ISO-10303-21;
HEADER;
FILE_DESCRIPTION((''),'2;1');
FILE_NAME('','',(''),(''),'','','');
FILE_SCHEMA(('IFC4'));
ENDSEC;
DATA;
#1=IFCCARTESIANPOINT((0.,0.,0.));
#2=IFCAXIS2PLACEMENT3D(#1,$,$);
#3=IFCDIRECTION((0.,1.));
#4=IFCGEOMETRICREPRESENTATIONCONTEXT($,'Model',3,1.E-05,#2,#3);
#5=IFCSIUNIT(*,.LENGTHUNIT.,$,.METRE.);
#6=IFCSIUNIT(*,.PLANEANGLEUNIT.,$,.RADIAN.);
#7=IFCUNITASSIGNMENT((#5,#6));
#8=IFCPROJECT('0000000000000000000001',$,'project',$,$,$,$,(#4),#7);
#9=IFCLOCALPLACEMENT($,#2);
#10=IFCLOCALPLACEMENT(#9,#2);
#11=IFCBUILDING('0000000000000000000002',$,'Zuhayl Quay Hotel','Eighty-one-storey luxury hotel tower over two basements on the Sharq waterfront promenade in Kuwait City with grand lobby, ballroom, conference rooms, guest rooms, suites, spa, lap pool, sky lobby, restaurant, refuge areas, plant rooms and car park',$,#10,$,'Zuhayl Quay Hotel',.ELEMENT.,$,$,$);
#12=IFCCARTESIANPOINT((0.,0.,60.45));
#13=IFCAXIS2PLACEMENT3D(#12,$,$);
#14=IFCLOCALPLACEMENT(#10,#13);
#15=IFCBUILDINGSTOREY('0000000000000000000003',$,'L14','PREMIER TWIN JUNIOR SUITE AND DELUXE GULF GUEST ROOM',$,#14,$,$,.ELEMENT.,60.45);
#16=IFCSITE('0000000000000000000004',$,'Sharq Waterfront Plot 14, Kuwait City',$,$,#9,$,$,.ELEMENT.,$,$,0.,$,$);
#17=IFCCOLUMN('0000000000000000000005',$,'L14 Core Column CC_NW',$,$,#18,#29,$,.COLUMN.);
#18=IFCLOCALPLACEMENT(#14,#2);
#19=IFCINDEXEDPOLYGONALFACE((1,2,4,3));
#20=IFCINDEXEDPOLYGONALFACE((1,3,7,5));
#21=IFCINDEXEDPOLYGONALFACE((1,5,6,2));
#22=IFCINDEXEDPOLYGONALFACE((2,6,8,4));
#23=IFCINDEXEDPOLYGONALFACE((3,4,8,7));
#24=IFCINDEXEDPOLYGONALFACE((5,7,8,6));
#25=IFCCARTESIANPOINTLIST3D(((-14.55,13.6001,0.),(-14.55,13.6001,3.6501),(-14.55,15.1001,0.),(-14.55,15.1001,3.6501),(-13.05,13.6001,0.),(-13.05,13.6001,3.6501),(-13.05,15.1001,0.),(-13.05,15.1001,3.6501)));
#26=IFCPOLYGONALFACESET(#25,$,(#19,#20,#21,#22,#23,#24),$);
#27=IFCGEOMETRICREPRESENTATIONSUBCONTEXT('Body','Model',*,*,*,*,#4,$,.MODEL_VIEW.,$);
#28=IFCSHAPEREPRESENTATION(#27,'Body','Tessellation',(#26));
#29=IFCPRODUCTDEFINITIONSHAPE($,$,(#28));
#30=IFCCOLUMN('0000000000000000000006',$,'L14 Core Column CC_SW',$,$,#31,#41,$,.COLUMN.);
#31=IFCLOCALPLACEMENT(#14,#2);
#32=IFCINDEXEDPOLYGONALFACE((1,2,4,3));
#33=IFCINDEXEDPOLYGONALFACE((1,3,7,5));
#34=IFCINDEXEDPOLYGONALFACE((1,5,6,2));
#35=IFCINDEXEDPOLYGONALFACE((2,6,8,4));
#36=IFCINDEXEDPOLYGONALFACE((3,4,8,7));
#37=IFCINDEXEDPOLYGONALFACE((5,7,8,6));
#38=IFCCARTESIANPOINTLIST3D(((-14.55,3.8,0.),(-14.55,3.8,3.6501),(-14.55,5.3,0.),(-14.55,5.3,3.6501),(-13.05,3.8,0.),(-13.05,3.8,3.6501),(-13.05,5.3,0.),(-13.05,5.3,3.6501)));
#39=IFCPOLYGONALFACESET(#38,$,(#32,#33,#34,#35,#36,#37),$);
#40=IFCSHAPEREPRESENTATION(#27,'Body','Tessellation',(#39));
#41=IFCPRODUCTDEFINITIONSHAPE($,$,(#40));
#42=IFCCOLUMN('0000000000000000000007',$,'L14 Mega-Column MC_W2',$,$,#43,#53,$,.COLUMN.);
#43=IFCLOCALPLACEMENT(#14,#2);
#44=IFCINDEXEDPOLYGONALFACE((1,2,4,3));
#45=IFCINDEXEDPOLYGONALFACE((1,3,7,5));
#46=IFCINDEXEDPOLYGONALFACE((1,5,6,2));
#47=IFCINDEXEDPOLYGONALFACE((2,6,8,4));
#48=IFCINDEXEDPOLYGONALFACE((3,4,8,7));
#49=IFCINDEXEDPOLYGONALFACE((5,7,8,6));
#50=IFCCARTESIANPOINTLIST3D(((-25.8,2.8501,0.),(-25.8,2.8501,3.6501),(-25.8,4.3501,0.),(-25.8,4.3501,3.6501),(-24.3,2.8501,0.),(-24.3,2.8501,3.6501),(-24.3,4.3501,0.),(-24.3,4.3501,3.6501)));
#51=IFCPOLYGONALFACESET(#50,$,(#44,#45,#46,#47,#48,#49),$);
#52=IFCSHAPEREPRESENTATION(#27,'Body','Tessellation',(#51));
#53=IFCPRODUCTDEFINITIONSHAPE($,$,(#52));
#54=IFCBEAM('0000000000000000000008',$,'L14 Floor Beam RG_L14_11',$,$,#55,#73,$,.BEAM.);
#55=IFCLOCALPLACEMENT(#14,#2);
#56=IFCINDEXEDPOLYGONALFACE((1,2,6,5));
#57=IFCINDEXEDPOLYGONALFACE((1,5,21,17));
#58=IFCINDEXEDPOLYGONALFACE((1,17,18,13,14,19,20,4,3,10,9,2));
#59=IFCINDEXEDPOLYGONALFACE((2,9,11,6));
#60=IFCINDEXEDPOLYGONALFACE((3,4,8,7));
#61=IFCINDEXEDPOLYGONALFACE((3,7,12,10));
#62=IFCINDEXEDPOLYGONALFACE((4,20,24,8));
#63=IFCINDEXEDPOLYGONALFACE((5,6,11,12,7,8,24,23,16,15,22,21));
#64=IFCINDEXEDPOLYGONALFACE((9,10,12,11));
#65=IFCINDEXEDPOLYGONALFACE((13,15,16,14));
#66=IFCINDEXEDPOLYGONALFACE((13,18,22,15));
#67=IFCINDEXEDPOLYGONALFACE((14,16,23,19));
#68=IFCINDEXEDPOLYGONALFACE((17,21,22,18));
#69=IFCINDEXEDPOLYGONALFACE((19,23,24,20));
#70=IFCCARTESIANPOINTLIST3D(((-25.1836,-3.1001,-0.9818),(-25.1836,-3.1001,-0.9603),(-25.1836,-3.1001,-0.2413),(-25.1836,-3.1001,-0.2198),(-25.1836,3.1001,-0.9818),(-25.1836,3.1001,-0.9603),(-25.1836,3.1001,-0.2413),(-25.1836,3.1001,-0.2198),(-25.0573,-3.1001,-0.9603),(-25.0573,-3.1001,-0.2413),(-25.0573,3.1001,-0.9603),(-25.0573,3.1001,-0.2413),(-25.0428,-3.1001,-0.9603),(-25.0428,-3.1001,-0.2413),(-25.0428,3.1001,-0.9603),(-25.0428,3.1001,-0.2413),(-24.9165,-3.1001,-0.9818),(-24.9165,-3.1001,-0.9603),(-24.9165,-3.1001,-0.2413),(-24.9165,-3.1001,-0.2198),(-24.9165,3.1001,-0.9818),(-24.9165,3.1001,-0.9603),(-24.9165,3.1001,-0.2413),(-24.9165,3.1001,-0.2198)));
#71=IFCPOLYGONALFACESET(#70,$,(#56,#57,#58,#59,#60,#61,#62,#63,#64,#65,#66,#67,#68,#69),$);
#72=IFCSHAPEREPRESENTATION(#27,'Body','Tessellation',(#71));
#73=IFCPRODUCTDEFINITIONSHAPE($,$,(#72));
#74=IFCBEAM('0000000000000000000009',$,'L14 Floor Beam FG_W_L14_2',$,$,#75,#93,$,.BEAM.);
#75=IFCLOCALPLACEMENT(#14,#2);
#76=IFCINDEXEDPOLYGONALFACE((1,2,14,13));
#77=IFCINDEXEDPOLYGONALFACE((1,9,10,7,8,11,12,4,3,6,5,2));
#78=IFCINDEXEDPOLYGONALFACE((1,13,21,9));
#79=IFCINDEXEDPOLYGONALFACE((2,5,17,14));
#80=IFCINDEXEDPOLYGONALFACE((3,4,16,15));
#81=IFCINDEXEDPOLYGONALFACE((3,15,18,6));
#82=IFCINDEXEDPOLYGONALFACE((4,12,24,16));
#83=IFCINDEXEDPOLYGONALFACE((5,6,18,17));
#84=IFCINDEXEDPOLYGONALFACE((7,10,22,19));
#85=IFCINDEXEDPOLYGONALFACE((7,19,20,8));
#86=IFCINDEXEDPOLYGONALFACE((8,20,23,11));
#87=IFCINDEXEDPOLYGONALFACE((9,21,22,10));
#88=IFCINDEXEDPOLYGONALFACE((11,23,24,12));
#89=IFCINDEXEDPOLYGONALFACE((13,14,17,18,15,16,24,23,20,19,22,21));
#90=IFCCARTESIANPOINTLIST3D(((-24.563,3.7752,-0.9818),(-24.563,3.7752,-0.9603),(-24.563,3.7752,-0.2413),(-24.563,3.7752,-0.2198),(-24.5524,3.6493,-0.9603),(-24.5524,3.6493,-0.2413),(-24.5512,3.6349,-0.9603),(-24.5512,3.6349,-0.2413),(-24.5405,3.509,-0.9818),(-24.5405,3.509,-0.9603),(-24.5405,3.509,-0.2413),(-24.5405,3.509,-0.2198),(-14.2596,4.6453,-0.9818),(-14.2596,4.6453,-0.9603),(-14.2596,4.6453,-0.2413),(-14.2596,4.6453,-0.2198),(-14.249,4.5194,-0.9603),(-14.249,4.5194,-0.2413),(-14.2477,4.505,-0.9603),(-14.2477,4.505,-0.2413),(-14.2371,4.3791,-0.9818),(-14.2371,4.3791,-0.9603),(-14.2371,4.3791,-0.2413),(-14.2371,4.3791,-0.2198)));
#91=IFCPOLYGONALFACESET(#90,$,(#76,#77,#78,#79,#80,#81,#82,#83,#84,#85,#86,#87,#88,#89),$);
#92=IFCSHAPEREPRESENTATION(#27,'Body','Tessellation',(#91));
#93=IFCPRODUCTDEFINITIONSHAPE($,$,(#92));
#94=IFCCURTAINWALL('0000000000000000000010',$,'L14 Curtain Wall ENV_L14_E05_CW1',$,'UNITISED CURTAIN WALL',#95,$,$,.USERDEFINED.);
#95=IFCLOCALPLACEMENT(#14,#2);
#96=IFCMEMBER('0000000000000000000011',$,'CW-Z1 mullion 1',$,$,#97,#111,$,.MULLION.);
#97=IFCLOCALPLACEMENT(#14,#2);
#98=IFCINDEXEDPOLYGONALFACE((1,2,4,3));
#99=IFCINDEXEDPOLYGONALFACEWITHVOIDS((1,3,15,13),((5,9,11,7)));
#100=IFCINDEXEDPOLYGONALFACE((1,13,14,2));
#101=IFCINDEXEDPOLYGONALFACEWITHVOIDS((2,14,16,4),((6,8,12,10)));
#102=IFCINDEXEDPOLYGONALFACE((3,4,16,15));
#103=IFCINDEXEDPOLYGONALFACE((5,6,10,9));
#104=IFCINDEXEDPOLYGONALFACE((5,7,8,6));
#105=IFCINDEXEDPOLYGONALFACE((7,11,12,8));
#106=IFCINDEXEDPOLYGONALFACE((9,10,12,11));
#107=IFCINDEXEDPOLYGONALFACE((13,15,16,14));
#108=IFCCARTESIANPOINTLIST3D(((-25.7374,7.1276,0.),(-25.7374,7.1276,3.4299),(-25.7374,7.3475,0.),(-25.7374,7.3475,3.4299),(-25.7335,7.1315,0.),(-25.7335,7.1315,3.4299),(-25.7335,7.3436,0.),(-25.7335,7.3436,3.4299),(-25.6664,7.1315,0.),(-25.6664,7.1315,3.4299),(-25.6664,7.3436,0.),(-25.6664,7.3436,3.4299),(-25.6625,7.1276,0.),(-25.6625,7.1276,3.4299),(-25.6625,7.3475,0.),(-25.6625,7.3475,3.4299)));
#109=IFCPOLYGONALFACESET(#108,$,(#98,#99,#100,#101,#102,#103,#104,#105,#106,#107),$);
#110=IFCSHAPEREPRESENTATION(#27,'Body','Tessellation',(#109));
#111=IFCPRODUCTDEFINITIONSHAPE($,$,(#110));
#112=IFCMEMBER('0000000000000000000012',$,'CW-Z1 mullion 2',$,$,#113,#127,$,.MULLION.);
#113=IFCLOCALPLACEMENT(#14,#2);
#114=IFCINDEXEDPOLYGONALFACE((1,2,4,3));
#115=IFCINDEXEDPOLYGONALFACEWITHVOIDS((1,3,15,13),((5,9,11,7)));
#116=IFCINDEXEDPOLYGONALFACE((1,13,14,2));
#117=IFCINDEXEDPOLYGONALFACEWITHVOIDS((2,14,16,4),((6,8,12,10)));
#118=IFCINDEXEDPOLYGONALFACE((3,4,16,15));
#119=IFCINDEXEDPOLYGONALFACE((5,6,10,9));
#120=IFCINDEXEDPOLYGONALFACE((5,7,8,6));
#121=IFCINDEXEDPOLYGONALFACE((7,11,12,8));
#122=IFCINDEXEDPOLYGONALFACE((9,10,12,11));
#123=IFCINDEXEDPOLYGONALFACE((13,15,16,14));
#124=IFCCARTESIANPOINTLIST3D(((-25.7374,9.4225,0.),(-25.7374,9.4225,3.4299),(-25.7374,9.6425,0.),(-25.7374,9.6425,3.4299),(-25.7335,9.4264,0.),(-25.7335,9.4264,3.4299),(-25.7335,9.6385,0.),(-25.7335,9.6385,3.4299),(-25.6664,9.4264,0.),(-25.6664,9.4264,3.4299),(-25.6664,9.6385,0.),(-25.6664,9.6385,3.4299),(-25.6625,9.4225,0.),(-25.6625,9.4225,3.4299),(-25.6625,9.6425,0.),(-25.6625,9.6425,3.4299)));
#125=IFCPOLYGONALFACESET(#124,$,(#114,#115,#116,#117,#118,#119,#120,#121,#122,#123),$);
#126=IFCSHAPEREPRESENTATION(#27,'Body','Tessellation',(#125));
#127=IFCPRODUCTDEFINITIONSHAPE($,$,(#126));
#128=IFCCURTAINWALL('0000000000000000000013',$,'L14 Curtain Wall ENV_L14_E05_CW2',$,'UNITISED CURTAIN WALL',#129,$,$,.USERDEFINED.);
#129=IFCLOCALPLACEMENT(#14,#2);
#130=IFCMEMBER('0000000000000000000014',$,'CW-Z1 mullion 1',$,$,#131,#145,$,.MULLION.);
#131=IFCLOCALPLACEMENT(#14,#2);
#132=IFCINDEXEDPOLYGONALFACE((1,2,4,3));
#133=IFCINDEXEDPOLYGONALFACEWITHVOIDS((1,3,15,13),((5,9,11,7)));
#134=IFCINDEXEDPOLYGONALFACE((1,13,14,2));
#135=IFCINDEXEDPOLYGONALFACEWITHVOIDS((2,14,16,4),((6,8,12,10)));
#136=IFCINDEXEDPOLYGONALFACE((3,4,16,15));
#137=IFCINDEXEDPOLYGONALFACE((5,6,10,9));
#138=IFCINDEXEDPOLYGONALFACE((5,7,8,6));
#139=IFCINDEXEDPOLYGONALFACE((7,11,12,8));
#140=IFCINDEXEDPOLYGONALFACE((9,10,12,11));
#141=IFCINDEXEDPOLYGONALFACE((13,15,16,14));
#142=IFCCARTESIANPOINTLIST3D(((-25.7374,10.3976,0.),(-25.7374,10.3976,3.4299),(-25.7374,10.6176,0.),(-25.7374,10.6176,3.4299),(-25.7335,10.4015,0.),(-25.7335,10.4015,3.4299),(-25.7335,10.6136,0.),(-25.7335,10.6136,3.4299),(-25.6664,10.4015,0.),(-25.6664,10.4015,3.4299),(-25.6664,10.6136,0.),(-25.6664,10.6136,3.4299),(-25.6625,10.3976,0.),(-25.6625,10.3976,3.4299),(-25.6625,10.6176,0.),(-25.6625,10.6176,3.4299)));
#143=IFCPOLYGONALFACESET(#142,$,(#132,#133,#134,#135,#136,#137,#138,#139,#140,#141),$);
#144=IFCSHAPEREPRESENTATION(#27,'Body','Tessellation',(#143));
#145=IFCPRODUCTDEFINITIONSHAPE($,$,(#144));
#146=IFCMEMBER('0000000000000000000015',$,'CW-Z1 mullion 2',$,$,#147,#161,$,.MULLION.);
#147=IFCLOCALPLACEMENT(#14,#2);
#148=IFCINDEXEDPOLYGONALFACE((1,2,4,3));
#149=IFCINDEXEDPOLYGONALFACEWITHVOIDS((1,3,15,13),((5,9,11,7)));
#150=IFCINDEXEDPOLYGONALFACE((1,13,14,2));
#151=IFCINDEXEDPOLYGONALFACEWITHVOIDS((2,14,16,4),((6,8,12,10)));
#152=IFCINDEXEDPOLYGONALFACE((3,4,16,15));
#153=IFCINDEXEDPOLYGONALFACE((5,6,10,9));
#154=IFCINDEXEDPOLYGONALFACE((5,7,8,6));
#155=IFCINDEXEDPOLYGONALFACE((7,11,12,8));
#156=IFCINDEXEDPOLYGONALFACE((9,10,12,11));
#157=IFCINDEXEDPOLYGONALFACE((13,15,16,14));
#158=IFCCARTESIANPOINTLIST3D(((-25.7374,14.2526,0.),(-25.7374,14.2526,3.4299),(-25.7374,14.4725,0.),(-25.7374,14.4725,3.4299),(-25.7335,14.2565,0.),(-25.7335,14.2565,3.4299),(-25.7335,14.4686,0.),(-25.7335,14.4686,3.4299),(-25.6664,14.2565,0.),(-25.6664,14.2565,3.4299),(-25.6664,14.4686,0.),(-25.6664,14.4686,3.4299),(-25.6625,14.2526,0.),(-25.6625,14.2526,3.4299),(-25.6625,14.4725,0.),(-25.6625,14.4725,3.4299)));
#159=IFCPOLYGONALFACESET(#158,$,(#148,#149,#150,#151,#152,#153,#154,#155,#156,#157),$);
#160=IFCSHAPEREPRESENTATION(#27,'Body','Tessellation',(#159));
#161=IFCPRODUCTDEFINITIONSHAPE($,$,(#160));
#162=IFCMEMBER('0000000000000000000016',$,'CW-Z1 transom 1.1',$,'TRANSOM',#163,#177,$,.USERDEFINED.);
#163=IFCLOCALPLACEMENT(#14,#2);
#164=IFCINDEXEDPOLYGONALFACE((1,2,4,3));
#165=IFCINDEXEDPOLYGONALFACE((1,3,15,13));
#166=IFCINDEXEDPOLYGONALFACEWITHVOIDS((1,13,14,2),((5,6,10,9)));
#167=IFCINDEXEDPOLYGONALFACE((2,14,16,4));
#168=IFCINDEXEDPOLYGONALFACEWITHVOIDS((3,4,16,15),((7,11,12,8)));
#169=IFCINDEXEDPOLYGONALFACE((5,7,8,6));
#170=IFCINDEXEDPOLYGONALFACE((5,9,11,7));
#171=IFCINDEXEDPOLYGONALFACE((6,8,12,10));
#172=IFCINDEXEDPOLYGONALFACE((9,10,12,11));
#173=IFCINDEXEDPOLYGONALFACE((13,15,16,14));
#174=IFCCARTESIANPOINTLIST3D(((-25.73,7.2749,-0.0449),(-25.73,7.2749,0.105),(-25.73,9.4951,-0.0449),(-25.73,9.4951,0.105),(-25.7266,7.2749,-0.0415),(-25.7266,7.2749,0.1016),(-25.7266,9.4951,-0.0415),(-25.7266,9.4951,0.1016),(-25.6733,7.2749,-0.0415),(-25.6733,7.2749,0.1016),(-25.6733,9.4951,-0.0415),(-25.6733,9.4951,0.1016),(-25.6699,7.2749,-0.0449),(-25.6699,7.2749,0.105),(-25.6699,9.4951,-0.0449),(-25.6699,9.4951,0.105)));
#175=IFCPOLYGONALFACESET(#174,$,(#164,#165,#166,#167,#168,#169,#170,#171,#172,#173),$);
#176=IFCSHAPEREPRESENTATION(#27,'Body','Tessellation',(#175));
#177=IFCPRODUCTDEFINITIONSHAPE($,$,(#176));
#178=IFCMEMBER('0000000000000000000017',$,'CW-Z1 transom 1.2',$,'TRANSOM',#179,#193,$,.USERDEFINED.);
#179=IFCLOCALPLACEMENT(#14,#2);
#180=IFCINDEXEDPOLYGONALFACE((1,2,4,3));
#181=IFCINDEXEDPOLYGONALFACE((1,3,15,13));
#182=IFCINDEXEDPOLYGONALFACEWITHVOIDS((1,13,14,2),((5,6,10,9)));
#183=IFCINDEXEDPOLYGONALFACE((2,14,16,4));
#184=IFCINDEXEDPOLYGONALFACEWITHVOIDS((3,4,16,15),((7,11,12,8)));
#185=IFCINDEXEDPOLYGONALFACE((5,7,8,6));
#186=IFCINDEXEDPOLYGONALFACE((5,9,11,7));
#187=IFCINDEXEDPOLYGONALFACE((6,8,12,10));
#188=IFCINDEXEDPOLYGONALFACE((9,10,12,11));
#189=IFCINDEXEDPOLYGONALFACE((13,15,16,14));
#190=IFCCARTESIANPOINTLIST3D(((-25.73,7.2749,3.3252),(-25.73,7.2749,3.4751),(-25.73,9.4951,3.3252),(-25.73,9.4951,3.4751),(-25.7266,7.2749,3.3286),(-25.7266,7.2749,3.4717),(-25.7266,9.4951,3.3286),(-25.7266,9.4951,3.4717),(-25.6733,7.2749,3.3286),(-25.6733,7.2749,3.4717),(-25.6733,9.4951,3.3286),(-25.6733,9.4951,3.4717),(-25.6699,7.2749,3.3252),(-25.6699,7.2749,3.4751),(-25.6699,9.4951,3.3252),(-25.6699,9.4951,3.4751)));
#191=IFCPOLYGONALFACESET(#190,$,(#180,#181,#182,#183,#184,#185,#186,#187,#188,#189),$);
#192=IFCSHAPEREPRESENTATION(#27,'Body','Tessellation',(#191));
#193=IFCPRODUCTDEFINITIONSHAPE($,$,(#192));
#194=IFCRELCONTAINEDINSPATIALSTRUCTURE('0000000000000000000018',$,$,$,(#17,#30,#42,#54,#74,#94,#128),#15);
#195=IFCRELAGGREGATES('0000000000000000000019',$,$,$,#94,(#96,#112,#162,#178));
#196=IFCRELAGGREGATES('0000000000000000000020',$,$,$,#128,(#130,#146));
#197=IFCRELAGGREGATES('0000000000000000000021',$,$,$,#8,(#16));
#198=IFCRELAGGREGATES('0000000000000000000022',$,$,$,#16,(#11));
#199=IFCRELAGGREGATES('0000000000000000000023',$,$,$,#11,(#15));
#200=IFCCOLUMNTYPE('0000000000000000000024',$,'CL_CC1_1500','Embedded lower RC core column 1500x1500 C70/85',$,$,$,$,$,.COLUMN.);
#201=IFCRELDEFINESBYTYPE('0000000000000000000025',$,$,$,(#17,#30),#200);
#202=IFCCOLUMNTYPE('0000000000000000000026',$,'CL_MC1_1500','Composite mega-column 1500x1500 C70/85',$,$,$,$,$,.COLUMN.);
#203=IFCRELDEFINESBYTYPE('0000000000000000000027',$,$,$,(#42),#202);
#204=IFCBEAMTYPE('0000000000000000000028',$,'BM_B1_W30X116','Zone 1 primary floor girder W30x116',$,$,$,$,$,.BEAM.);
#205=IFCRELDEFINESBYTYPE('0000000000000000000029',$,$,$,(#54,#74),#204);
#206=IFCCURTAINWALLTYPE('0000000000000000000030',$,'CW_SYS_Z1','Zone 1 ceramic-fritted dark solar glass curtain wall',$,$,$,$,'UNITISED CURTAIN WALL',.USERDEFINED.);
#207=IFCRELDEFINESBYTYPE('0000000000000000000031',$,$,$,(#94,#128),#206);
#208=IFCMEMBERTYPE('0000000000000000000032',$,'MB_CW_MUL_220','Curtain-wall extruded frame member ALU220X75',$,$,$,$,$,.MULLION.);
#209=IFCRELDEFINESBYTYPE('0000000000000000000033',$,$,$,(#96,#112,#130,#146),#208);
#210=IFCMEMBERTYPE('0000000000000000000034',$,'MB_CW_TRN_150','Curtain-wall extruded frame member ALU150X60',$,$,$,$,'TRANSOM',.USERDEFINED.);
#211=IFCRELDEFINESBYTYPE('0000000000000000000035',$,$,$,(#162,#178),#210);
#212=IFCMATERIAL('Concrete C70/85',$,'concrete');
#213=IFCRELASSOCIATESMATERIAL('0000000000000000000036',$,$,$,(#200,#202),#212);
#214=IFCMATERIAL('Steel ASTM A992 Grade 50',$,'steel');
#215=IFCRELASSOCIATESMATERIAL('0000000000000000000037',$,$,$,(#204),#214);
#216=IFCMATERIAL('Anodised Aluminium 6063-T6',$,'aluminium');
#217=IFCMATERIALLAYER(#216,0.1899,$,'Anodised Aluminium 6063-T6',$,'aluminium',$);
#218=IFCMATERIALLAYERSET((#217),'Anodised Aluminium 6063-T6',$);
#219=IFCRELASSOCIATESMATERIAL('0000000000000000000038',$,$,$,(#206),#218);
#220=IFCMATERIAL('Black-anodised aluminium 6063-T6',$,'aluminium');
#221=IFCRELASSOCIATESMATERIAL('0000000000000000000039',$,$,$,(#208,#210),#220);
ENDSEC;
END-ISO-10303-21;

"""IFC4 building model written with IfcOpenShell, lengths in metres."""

from ifc_helpers import new_model, si_unit, direction, frame, origin, origin_2d, place, context, subcontext, project, spatial, rectangle, hollow_rectangle, i_section, extrude, material, layer, layer_set, material_profile, profile_set, type_object, element, aggregate, save


model = new_model("IFC4")

# Units and contexts
model_context = context("Model", 3, precision=1e-05, world=origin(), true_north=direction((0.0, 1.0)))
body_context = subcontext(model_context, "Body", "Model", "MODEL_VIEW")
ifc_project = project(units=[si_unit("LENGTHUNIT", "METRE"), si_unit("PLANEANGLEUNIT", "RADIAN")], contexts=[model_context])

# Site, building, storey
site_placement = place(None, origin())
site = spatial("IfcSite", under=ifc_project, at=site_placement, Name="Sharq Waterfront Plot 14, Kuwait City", CompositionType="ELEMENT", RefElevation=0.0)
building_placement = place(site_placement, origin())
building = spatial("IfcBuilding", under=site, at=building_placement, Name="Zuhayl Quay Hotel", Description="Eighty-one-storey luxury hotel tower over two basements on the Sharq waterfront promenade in Kuwait City with grand lobby, ballroom, conference rooms, guest rooms, suites, spa, lap pool, sky lobby, restaurant, refuge areas, plant rooms and car park", LongName="Zuhayl Quay Hotel", CompositionType="ELEMENT")
storey_placement = place(building_placement, frame((0.0, 0.0, 60.45)))
storey = spatial("IfcBuildingStorey", under=building, at=storey_placement, Name="L14", Description="PREMIER TWIN JUNIOR SUITE AND DELUXE GULF GUEST ROOM", CompositionType="ELEMENT", Elevation=60.45)

# Columns
ifc_material_1 = material(Name="Concrete C70/85", Category="concrete")
ifc_material_profile_1 = material_profile(ifc_material_1, rectangle(XDim=1.5, YDim=1.5, at=origin_2d()), Name="RC1500X1500")
ifc_profile_set_1 = profile_set([ifc_material_profile_1], Name="Concrete C70/85")
column_type_1 = type_object("IfcColumnType", Name="CL_CC1_1500", Description="Embedded lower RC core column 1500x1500 C70/85", PredefinedType="COLUMN", material=ifc_profile_set_1)
for number, where, z_axis, x_axis, name in (
    (1, (-13.8, 14.3501, 0.0), (0.0, 0.0, 1.0), (1.0, 0.0, 0.0), "L14 Core Column CC_NW"),
    (2, (-13.8, 4.55, 0.0), (0.0, 0.0, 1.0), (1.0, 0.0, 0.0), "L14 Core Column CC_SW"),
):
    element("IfcColumn", number, at=place(storey_placement, frame(where, z_axis=z_axis, x_axis=x_axis)), inside=storey, type_object=column_type_1, Name=name, PredefinedType="COLUMN", context=body_context, shape_type="SweptSolid", body=[
        extrude(rectangle(XDim=1.5, YDim=1.5, at=origin_2d()), origin(), (0.0, 0.0, 1.0), 3.6501),
    ])
ifc_material_profile_2 = material_profile(ifc_material_1, rectangle(XDim=1.5, YDim=1.5, at=origin_2d()), Name="RC1500X1500")
ifc_profile_set_2 = profile_set([ifc_material_profile_2], Name="Concrete C70/85")
column_type_2 = type_object("IfcColumnType", Name="CL_MC1_1500", Description="Composite mega-column 1500x1500 C70/85", PredefinedType="COLUMN", material=ifc_profile_set_2)
column_placement = place(storey_placement, frame((-25.05, 3.6001, 0.0), z_axis=(0.0, 0.0, 1.0), x_axis=(1.0, 0.0, 0.0)))
element("IfcColumn", 3, at=column_placement, inside=storey, type_object=column_type_2, Name="L14 Mega-Column MC_W2", PredefinedType="COLUMN", context=body_context, shape_type="SweptSolid", body=[
    extrude(rectangle(XDim=1.5, YDim=1.5, at=origin_2d()), origin(), (0.0, 0.0, 1.0), 3.6501),
])

# Beams
ifc_material_2 = material(Name="Steel ASTM A992 Grade 50", Category="steel")
ifc_material_profile_3 = material_profile(ifc_material_2, i_section(OverallWidth=0.2671, OverallDepth=0.762, WebThickness=0.0144, FlangeThickness=0.0215, at=origin_2d()), Name="W30X116")
ifc_profile_set_3 = profile_set([ifc_material_profile_3], Name="Steel ASTM A992 Grade 50")
beam_type = type_object("IfcBeamType", Name="BM_B1_W30X116", Description="Zone 1 primary floor girder W30x116", PredefinedType="BEAM", material=ifc_profile_set_3)
beam_1_placement = place(storey_placement, frame((-25.05, 3.1001, -0.6008), z_axis=(0.0, -1.0, 0.0), x_axis=(1.0, 0.0, 0.0)))
element("IfcBeam", 4, at=beam_1_placement, inside=storey, type_object=beam_type, Name="L14 Floor Beam RG_L14_11", PredefinedType="BEAM", context=body_context, shape_type="SweptSolid", body=[
    extrude(i_section(OverallWidth=0.2671, OverallDepth=0.762, WebThickness=0.0144, FlangeThickness=0.0215, at=origin_2d()), origin(), (0.0, 0.0, 1.0), 6.2002),
])
beam_2_placement = place(storey_placement, frame((-24.5518, 3.6421, -0.6008), z_axis=(0.996453, 0.084149, 0.0), x_axis=(-0.084149, 0.996453, 0.0)))
element("IfcBeam", 5, at=beam_2_placement, inside=storey, type_object=beam_type, Name="L14 Floor Beam FG_W_L14_2", PredefinedType="BEAM", context=body_context, shape_type="SweptSolid", body=[
    extrude(i_section(OverallWidth=0.2671, OverallDepth=0.762, WebThickness=0.0144, FlangeThickness=0.0215, at=origin_2d()), origin(), (0.0, 0.0, 1.0), 10.3401),
])

# Curtain walls, members
ifc_material_3 = material(Name="Anodised Aluminium 6063-T6", Category="aluminium")
ifc_layer_1 = layer(ifc_material_3, 0.1899, Name="Anodised Aluminium 6063-T6", Category="aluminium")
ifc_layer_set_1 = layer_set([ifc_layer_1], Name="Anodised Aluminium 6063-T6")
curtain_wall_type = type_object("IfcCurtainWallType", Name="CW_SYS_Z1", Description="Zone 1 ceramic-fritted dark solar glass curtain wall", ElementType="UNITISED CURTAIN WALL", PredefinedType="USERDEFINED", material=ifc_layer_set_1)
curtain_wall_1_placement = place(storey_placement, origin())
curtain_wall_1 = element("IfcCurtainWall", 6, at=curtain_wall_1_placement, inside=storey, type_object=curtain_wall_type, Name="L14 Curtain Wall ENV_L14_E05_CW1", ObjectType="UNITISED CURTAIN WALL", PredefinedType="USERDEFINED")
ifc_material_4 = material(Name="Black-anodised aluminium 6063-T6", Category="aluminium")
ifc_material_profile_4 = material_profile(ifc_material_4, hollow_rectangle(XDim=0.075, YDim=0.22, WallThickness=0.0039, at=origin_2d()), Name="ALU220X75")
ifc_profile_set_4 = profile_set([ifc_material_profile_4], Name="Black-anodised aluminium 6063-T6")
member_type_1 = type_object("IfcMemberType", Name="MB_CW_MUL_220", Description="Curtain-wall extruded frame member ALU220X75", PredefinedType="MULLION", material=ifc_profile_set_4)
member_1_placement = place(storey_placement, frame((-25.7, 7.2375, 0.0), z_axis=(0.0, 0.0, 1.0), x_axis=(-1.0, 0.0, 0.0)))
member_1 = element("IfcMember", 7, at=member_1_placement, type_object=member_type_1, Name="CW-Z1 mullion 1", PredefinedType="MULLION", context=body_context, shape_type="SweptSolid", body=[
    extrude(hollow_rectangle(XDim=0.075, YDim=0.22, WallThickness=0.0039, at=origin_2d()), origin(), (0.0, 0.0, 1.0), 3.4299),
])
member_2_placement = place(storey_placement, frame((-25.7, 9.5325, 0.0), z_axis=(0.0, 0.0, 1.0), x_axis=(-1.0, 0.0, 0.0)))
member_2 = element("IfcMember", 8, at=member_2_placement, type_object=member_type_1, Name="CW-Z1 mullion 2", PredefinedType="MULLION", context=body_context, shape_type="SweptSolid", body=[
    extrude(hollow_rectangle(XDim=0.075, YDim=0.22, WallThickness=0.0039, at=origin_2d()), origin(), (0.0, 0.0, 1.0), 3.4299),
])
curtain_wall_2_placement = place(storey_placement, origin())
curtain_wall_2 = element("IfcCurtainWall", 9, at=curtain_wall_2_placement, inside=storey, type_object=curtain_wall_type, Name="L14 Curtain Wall ENV_L14_E05_CW2", ObjectType="UNITISED CURTAIN WALL", PredefinedType="USERDEFINED")
member_3_placement = place(storey_placement, frame((-25.7, 10.5076, 0.0), z_axis=(0.0, 0.0, 1.0), x_axis=(-1.0, 0.0, 0.0)))
member_3 = element("IfcMember", 10, at=member_3_placement, type_object=member_type_1, Name="CW-Z1 mullion 1", PredefinedType="MULLION", context=body_context, shape_type="SweptSolid", body=[
    extrude(hollow_rectangle(XDim=0.075, YDim=0.22, WallThickness=0.0039, at=origin_2d()), origin(), (0.0, 0.0, 1.0), 3.4299),
])
member_4_placement = place(storey_placement, frame((-25.7, 14.3625, 0.0), z_axis=(0.0, 0.0, 1.0), x_axis=(-1.0, 0.0, 0.0)))
member_4 = element("IfcMember", 11, at=member_4_placement, type_object=member_type_1, Name="CW-Z1 mullion 2", PredefinedType="MULLION", context=body_context, shape_type="SweptSolid", body=[
    extrude(hollow_rectangle(XDim=0.075, YDim=0.22, WallThickness=0.0039, at=origin_2d()), origin(), (0.0, 0.0, 1.0), 3.4299),
])

# Members
ifc_material_profile_5 = material_profile(ifc_material_4, hollow_rectangle(XDim=0.0601, YDim=0.1499, WallThickness=0.0034, at=origin_2d()), Name="ALU150X60")
ifc_profile_set_5 = profile_set([ifc_material_profile_5], Name="Black-anodised aluminium 6063-T6")
member_type_2 = type_object("IfcMemberType", Name="MB_CW_TRN_150", Description="Curtain-wall extruded frame member ALU150X60", ElementType="TRANSOM", PredefinedType="USERDEFINED", material=ifc_profile_set_5)
member_5_placement = place(storey_placement, frame((-25.7, 7.2749, 0.03), z_axis=(0.0, 1.0, 0.0), x_axis=(-1.0, 0.0, 0.0)))
member_5 = element("IfcMember", 12, at=member_5_placement, type_object=member_type_2, Name="CW-Z1 transom 1.1", ObjectType="TRANSOM", PredefinedType="USERDEFINED", context=body_context, shape_type="SweptSolid", body=[
    extrude(hollow_rectangle(XDim=0.0601, YDim=0.1499, WallThickness=0.0034, at=origin_2d()), origin(), (0.0, 0.0, 1.0), 2.2202),
])
member_6_placement = place(storey_placement, frame((-25.7, 7.2749, 3.4001), z_axis=(0.0, 1.0, 0.0), x_axis=(-1.0, 0.0, 0.0)))
member_6 = element("IfcMember", 13, at=member_6_placement, type_object=member_type_2, Name="CW-Z1 transom 1.2", ObjectType="TRANSOM", PredefinedType="USERDEFINED", context=body_context, shape_type="SweptSolid", body=[
    extrude(hollow_rectangle(XDim=0.0601, YDim=0.1499, WallThickness=0.0034, at=origin_2d()), origin(), (0.0, 0.0, 1.0), 2.2202),
])

aggregate(curtain_wall_1, [member_1, member_2, member_5, member_6])
aggregate(curtain_wall_2, [member_3, member_4])

save(model, "model.ifc")
